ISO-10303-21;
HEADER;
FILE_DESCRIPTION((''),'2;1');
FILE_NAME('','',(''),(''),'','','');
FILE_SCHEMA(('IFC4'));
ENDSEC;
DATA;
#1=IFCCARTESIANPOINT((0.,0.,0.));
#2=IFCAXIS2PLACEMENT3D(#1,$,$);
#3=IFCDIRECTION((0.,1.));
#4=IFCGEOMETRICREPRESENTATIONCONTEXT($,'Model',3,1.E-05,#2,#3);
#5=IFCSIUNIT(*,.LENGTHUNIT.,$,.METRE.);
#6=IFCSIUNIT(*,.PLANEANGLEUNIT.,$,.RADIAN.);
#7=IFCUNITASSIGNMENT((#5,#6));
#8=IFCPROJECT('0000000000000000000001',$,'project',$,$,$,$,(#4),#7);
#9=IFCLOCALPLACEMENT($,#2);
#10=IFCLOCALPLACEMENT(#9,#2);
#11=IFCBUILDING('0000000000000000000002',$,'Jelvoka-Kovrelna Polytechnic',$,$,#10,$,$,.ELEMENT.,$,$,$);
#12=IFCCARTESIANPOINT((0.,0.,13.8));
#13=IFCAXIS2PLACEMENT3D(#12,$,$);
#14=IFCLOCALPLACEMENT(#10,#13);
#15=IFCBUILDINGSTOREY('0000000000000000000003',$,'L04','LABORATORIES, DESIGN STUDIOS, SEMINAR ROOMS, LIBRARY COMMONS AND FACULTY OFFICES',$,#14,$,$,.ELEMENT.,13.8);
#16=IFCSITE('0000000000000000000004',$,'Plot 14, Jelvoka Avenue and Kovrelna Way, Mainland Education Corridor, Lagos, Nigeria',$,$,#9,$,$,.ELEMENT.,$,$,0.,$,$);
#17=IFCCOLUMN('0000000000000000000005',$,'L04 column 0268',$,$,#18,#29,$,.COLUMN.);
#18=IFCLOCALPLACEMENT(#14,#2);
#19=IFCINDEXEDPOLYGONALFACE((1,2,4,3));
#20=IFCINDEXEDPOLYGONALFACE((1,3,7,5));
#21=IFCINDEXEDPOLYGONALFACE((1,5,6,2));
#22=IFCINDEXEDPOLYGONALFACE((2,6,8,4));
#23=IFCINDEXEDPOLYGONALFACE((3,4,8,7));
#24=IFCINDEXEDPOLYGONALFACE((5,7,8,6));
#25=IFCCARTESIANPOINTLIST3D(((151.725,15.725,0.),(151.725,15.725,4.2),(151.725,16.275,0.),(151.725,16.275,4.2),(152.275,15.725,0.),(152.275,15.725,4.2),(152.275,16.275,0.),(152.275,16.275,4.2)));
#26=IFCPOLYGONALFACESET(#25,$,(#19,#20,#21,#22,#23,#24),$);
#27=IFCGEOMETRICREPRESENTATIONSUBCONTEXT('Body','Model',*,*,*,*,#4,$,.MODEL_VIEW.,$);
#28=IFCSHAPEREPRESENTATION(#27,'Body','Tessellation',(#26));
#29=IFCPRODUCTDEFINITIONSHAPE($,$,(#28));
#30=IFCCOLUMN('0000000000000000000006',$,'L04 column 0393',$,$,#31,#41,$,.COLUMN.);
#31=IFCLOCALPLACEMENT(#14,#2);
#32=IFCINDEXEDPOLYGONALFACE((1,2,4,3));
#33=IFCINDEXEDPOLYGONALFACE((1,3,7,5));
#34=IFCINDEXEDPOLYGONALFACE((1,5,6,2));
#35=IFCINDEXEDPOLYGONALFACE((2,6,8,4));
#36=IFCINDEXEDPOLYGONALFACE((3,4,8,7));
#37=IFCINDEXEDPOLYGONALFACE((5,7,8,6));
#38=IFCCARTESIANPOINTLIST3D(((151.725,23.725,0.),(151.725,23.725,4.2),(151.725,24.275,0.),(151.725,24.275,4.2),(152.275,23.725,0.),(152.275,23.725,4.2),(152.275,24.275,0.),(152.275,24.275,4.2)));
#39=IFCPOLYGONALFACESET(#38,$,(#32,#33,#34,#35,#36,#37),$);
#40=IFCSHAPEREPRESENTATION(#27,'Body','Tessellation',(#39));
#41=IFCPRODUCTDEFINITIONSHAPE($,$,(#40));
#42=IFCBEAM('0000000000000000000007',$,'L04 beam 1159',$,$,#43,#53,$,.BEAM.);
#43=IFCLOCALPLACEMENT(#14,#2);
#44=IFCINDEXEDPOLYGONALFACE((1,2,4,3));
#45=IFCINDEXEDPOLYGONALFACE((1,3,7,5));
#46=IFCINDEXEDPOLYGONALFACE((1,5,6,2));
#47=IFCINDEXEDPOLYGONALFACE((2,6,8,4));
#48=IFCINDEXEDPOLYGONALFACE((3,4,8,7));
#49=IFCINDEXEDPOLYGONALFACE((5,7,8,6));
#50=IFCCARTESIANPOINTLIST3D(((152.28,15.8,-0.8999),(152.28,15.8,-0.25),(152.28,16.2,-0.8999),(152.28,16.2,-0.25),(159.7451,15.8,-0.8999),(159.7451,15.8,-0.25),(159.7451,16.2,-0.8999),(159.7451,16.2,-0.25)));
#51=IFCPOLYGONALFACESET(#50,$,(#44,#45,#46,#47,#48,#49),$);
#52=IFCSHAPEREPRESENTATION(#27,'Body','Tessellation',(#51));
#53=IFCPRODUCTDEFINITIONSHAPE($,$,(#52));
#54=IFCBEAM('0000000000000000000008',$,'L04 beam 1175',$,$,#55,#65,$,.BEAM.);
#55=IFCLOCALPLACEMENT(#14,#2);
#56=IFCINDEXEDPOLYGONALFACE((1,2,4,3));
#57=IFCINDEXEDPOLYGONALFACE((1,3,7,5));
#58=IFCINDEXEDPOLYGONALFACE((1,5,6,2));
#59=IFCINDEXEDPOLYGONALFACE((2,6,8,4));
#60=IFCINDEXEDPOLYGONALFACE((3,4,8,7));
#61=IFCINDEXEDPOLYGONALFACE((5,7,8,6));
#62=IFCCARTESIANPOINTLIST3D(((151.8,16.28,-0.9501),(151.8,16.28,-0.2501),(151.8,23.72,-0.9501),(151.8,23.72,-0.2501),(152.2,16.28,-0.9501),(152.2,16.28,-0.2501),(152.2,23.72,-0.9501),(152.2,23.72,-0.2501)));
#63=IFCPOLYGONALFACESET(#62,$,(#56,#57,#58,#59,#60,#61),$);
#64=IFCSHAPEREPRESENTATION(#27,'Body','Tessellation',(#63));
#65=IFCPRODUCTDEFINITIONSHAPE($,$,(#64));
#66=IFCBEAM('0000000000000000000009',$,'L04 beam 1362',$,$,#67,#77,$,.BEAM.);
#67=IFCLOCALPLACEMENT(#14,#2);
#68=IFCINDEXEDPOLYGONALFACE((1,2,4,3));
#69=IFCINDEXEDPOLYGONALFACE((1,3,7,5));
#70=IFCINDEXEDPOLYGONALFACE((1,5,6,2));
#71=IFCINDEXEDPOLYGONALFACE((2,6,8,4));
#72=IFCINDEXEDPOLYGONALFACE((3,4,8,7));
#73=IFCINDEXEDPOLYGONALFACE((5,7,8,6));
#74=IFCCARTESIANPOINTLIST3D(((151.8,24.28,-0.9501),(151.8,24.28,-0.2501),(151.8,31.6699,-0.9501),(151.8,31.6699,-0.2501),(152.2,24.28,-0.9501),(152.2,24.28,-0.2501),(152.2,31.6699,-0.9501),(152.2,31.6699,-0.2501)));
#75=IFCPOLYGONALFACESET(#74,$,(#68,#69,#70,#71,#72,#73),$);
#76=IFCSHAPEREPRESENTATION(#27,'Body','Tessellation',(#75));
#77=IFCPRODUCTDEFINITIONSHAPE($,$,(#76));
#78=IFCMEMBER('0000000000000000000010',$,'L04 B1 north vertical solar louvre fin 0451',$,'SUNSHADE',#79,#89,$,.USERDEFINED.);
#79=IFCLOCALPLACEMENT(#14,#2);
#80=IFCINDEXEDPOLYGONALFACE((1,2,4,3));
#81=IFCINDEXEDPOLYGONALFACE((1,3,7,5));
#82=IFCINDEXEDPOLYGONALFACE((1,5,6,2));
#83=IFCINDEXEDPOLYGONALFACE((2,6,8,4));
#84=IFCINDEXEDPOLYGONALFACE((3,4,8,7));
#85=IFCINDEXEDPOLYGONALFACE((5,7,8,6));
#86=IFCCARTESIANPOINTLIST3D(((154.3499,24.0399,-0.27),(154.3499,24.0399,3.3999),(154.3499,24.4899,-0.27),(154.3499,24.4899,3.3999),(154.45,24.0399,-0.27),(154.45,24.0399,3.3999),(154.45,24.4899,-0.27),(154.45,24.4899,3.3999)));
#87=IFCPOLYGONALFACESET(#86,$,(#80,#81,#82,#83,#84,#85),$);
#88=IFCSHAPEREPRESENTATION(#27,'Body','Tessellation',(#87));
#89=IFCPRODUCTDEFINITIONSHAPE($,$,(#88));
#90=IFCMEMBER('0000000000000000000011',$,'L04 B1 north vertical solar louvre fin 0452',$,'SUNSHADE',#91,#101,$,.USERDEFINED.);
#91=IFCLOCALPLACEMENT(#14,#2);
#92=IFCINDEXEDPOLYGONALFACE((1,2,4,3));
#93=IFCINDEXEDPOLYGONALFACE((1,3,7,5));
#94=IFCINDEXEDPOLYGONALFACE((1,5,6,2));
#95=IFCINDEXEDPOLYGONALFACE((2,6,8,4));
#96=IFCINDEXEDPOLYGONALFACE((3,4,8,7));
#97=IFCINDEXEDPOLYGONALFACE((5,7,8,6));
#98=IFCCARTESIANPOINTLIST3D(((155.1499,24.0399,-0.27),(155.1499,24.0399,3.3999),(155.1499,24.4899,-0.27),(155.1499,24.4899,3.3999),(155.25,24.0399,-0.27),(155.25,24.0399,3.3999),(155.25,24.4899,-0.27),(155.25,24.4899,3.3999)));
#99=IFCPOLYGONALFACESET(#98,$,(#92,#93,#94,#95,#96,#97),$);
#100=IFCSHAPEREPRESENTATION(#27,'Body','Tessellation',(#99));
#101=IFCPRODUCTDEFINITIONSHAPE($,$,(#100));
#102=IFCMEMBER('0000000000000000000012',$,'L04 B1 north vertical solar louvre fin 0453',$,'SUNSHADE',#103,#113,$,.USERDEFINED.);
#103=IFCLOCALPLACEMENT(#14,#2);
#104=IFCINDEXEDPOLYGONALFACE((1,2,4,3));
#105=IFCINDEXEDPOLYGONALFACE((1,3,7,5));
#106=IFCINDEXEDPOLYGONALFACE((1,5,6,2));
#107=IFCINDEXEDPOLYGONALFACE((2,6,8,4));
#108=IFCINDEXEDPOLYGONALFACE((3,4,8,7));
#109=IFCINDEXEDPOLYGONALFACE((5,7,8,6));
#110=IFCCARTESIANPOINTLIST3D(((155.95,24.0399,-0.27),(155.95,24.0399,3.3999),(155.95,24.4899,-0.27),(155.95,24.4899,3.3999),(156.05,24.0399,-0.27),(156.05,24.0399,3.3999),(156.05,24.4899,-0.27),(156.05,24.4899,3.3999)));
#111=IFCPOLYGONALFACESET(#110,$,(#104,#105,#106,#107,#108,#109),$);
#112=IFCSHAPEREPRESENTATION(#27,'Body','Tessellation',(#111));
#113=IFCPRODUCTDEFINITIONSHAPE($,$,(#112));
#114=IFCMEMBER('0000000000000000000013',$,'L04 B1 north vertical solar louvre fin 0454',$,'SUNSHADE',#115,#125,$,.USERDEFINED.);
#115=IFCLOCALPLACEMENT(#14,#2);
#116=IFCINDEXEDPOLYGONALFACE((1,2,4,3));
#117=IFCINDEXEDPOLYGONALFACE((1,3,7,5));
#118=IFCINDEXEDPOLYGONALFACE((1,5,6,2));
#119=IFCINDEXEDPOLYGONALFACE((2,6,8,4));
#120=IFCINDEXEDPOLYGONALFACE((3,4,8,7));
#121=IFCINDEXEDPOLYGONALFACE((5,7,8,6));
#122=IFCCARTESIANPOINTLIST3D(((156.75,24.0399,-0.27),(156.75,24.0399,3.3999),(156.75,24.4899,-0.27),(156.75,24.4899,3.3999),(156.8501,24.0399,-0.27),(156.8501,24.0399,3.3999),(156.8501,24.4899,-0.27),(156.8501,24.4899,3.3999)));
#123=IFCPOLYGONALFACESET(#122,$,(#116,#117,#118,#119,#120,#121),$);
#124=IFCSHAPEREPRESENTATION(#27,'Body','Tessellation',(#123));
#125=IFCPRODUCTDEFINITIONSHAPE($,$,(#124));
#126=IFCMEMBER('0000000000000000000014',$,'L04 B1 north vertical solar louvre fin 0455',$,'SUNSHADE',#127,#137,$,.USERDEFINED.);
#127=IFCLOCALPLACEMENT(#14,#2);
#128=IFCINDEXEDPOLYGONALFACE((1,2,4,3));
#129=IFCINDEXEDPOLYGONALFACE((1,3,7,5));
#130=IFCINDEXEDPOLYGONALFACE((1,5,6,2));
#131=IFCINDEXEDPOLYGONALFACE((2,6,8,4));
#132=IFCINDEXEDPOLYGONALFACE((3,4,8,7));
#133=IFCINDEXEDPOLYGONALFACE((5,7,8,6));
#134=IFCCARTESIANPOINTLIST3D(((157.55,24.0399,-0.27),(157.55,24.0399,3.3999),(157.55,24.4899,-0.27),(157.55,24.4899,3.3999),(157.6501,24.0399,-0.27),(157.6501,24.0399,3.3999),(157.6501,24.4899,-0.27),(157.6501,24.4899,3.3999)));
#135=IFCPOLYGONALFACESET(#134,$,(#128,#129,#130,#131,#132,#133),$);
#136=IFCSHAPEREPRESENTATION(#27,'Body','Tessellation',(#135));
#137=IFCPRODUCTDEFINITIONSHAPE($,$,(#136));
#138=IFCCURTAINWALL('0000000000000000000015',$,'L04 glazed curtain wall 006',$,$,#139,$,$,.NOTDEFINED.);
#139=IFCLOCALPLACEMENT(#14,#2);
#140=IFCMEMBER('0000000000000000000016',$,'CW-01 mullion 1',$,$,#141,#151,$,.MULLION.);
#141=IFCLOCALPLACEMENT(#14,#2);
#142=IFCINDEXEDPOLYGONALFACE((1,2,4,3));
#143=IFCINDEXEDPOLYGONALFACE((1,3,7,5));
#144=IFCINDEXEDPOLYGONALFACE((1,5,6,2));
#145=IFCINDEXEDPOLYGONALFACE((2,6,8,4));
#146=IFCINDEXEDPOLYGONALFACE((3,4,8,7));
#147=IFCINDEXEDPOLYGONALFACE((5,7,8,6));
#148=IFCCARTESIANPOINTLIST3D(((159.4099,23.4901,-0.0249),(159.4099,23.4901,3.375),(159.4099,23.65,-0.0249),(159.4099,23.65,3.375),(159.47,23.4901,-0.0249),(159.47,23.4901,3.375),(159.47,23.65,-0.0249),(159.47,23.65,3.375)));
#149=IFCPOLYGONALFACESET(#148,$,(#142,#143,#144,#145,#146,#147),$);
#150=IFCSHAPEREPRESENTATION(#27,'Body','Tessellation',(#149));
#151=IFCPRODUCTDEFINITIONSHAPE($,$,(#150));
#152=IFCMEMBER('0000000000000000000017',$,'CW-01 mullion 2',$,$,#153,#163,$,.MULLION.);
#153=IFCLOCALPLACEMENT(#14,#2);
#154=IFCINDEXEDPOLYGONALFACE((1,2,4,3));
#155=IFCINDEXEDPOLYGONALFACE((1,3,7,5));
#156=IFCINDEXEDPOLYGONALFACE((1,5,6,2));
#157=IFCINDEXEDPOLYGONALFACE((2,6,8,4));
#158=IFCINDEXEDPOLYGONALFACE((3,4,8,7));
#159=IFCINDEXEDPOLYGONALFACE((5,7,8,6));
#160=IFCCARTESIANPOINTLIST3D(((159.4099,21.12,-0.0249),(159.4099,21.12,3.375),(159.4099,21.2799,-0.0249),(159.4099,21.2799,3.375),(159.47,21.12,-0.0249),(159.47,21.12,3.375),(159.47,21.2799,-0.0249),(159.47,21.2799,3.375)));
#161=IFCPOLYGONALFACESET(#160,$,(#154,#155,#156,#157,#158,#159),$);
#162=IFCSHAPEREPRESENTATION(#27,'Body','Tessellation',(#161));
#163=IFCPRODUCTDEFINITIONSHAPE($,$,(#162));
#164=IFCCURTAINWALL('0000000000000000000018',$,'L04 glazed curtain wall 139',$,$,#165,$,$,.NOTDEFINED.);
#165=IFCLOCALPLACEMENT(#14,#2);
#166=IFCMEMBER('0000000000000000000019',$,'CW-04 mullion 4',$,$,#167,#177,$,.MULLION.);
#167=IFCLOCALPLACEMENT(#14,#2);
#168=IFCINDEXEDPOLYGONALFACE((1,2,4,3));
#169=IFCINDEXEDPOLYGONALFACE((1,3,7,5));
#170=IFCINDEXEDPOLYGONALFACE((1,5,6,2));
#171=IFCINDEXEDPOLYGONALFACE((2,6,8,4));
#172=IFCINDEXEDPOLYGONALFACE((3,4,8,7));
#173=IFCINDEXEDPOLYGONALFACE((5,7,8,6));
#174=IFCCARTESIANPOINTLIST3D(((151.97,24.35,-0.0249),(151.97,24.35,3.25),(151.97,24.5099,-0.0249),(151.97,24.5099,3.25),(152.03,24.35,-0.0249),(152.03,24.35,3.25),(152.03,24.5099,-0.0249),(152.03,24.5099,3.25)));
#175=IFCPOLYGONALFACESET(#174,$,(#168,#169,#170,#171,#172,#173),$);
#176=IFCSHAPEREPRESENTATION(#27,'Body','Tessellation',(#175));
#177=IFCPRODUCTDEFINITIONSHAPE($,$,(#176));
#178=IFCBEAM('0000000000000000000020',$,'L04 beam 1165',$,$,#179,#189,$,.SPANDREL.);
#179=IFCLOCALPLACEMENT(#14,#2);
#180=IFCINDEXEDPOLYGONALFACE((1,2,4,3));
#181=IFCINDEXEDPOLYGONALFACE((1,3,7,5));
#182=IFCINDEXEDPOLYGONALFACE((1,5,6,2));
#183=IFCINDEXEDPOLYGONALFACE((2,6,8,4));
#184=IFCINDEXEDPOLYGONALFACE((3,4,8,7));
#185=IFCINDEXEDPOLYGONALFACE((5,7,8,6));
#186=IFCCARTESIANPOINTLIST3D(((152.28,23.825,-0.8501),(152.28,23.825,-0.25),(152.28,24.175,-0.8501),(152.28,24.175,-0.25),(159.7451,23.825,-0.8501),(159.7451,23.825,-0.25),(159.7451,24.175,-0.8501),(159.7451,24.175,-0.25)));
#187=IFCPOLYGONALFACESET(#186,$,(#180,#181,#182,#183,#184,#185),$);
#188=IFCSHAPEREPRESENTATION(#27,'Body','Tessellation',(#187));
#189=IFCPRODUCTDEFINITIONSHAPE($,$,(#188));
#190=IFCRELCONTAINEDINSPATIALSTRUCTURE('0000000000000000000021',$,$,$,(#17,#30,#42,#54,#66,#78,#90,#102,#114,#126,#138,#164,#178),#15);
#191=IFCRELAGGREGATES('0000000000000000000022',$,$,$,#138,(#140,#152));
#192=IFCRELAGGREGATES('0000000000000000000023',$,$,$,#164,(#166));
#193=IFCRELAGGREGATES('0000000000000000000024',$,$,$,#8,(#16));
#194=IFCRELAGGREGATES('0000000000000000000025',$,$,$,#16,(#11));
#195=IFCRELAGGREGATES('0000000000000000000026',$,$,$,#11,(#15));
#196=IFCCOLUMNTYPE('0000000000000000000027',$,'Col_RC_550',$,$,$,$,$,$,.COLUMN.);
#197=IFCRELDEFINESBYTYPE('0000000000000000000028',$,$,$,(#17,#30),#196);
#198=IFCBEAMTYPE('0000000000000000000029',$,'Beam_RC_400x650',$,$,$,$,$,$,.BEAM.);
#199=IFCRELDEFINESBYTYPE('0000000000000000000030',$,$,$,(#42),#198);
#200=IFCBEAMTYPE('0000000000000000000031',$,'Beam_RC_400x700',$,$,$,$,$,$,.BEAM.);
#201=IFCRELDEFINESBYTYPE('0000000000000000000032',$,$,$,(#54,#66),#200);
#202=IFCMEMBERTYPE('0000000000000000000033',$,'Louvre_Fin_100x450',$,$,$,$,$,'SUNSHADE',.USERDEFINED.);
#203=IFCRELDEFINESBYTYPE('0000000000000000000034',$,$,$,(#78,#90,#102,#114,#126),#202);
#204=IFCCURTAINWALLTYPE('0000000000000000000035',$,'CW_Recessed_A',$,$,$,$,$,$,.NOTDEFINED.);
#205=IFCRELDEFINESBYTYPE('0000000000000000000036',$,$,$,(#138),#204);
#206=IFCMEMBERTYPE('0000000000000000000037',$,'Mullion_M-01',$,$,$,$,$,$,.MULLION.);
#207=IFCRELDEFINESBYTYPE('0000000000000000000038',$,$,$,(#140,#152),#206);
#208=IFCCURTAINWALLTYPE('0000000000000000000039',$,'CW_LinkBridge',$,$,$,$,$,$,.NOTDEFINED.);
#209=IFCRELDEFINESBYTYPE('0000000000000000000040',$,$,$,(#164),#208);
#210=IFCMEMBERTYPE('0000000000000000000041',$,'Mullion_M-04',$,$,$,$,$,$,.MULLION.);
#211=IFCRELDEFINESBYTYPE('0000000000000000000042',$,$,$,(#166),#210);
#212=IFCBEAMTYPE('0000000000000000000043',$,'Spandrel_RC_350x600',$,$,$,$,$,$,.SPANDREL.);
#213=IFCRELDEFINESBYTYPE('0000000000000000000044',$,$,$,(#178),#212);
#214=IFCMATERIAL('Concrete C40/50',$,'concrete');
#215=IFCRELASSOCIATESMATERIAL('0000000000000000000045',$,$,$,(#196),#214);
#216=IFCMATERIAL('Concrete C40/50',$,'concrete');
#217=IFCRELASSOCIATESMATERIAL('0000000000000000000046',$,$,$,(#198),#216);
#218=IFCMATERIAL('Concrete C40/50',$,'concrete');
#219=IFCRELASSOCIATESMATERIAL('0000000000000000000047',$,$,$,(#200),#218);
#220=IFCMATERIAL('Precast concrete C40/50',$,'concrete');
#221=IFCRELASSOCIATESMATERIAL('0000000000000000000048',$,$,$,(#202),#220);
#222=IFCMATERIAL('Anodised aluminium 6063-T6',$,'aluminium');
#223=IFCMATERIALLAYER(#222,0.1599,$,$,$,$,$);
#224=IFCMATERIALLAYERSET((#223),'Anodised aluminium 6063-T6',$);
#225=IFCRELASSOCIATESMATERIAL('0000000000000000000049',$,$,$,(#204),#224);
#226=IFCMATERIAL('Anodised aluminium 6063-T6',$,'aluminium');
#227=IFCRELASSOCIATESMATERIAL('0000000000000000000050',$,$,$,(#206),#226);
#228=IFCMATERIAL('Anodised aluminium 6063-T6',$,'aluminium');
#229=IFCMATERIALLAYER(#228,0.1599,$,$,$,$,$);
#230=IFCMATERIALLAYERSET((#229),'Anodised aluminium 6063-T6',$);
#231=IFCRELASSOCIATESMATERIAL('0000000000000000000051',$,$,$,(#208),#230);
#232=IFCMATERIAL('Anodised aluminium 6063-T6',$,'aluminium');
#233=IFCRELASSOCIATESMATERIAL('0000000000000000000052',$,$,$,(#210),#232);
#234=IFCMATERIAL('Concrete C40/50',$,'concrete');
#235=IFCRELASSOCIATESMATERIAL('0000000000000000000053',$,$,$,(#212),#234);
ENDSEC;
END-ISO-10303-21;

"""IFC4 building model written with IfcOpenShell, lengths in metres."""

from ifc_helpers import new_model, si_unit, direction, frame, origin, origin_2d, place, context, subcontext, project, spatial, rectangle, extrude, material, layer, layer_set, material_profile, profile_set, type_object, element, aggregate, save


model = new_model("IFC4")

# Units and contexts
model_context = context("Model", 3, precision=1e-05, world=origin(), true_north=direction((0.0, 1.0)))
body_context = subcontext(model_context, "Body", "Model", "MODEL_VIEW")
ifc_project = project(units=[si_unit("LENGTHUNIT", "METRE"), si_unit("PLANEANGLEUNIT", "RADIAN")], contexts=[model_context])

# Site, building, storey
site_placement = place(None, origin())
site = spatial("IfcSite", under=ifc_project, at=site_placement, Name="Plot 14, Jelvoka Avenue and Kovrelna Way, Mainland Education Corridor, Lagos, Nigeria", CompositionType="ELEMENT", RefElevation=0.0)
building_placement = place(site_placement, origin())
building = spatial("IfcBuilding", under=site, at=building_placement, Name="Jelvoka-Kovrelna Polytechnic", CompositionType="ELEMENT")
storey_placement = place(building_placement, frame((0.0, 0.0, 13.8)))
storey = spatial("IfcBuildingStorey", under=building, at=storey_placement, Name="L04", Description="LABORATORIES, DESIGN STUDIOS, SEMINAR ROOMS, LIBRARY COMMONS AND FACULTY OFFICES", CompositionType="ELEMENT", Elevation=13.8)

# Columns
ifc_material_1 = material(Name="Concrete C40/50", Category="concrete")
ifc_material_profile_1 = material_profile(ifc_material_1, rectangle(XDim=0.55, YDim=0.55, at=origin_2d()), Name="RC 550x550")
ifc_profile_set_1 = profile_set([ifc_material_profile_1], Name="Concrete C40/50")
column_type = type_object("IfcColumnType", Name="Col_RC_550", PredefinedType="COLUMN", material=ifc_profile_set_1)
for number, where, z_axis, x_axis, name in (
    (1, (152.0, 16.0, 0.0), (0.0, 0.0, 1.0), (1.0, 0.0, 0.0), "L04 column 0268"),
    (2, (152.0, 24.0, 0.0), (0.0, 0.0, 1.0), (1.0, 0.0, 0.0), "L04 column 0393"),
):
    element("IfcColumn", number, at=place(storey_placement, frame(where, z_axis=z_axis, x_axis=x_axis)), inside=storey, type_object=column_type, Name=name, PredefinedType="COLUMN", context=body_context, shape_type="SweptSolid", body=[
        extrude(rectangle(XDim=0.55, YDim=0.55, at=origin_2d()), origin(), (0.0, 0.0, 1.0), 4.2),
    ])

# Beams
ifc_material_2 = material(Name="Concrete C40/50", Category="concrete")
ifc_material_profile_2 = material_profile(ifc_material_2, rectangle(XDim=0.3999, YDim=0.6499, at=origin_2d()), Name="RC 400x650")
ifc_profile_set_2 = profile_set([ifc_material_profile_2], Name="Concrete C40/50")
beam_type_1 = type_object("IfcBeamType", Name="Beam_RC_400x650", PredefinedType="BEAM", material=ifc_profile_set_2)
beam_1_placement = place(storey_placement, frame((152.28, 16.0, -0.575), z_axis=(1.0, 0.0, 0.0), x_axis=(0.0, 1.0, 0.0)))
element("IfcBeam", 3, at=beam_1_placement, inside=storey, type_object=beam_type_1, Name="L04 beam 1159", PredefinedType="BEAM", context=body_context, shape_type="SweptSolid", body=[
    extrude(rectangle(XDim=0.3999, YDim=0.6499, at=origin_2d()), origin(), (0.0, 0.0, 1.0), 7.4651),
])
ifc_material_3 = material(Name="Concrete C40/50", Category="concrete")
ifc_material_profile_3 = material_profile(ifc_material_3, rectangle(XDim=0.3999, YDim=0.7, at=origin_2d()), Name="RC 400x700")
ifc_profile_set_3 = profile_set([ifc_material_profile_3], Name="Concrete C40/50")
beam_type_2 = type_object("IfcBeamType", Name="Beam_RC_400x700", PredefinedType="BEAM", material=ifc_profile_set_3)
beam_2_placement = place(storey_placement, frame((152.0, 16.28, -0.6001), z_axis=(0.0, 1.0, 0.0), x_axis=(-1.0, 0.0, 0.0)))
element("IfcBeam", 4, at=beam_2_placement, inside=storey, type_object=beam_type_2, Name="L04 beam 1175", PredefinedType="BEAM", context=body_context, shape_type="SweptSolid", body=[
    extrude(rectangle(XDim=0.3999, YDim=0.7, at=origin_2d()), origin(), (0.0, 0.0, 1.0), 7.4399),
])
beam_3_placement = place(storey_placement, frame((152.0, 24.28, -0.6001), z_axis=(0.0, 1.0, 0.0), x_axis=(-1.0, 0.0, 0.0)))
element("IfcBeam", 5, at=beam_3_placement, inside=storey, type_object=beam_type_2, Name="L04 beam 1362", PredefinedType="BEAM", context=body_context, shape_type="SweptSolid", body=[
    extrude(rectangle(XDim=0.3999, YDim=0.7, at=origin_2d()), origin(), (0.0, 0.0, 1.0), 7.3899),
])

# Members
ifc_material_4 = material(Name="Precast concrete C40/50", Category="concrete")
ifc_material_profile_4 = material_profile(ifc_material_4, rectangle(XDim=0.1001, YDim=0.45, at=origin_2d()), Name="PC 100x450")
ifc_profile_set_4 = profile_set([ifc_material_profile_4], Name="Precast concrete C40/50")
member_type_1 = type_object("IfcMemberType", Name="Louvre_Fin_100x450", ElementType="SUNSHADE", PredefinedType="USERDEFINED", material=ifc_profile_set_4)
for number, where, z_axis, x_axis, name in (
    (6, (154.3999, 24.2649, -0.27), (0.0, 0.0, 1.0), (1.0, 0.0, 0.0), "L04 B1 north vertical solar louvre fin 0451"),
    (7, (155.2, 24.2649, -0.27), (0.0, 0.0, 1.0), (1.0, 0.0, 0.0), "L04 B1 north vertical solar louvre fin 0452"),
    (8, (156.0, 24.2649, -0.27), (0.0, 0.0, 1.0), (1.0, 0.0, 0.0), "L04 B1 north vertical solar louvre fin 0453"),
    (9, (156.8, 24.2649, -0.27), (0.0, 0.0, 1.0), (1.0, 0.0, 0.0), "L04 B1 north vertical solar louvre fin 0454"),
    (10, (157.6001, 24.2649, -0.27), (0.0, 0.0, 1.0), (1.0, 0.0, 0.0), "L04 B1 north vertical solar louvre fin 0455"),
):
    element("IfcMember", number, at=place(storey_placement, frame(where, z_axis=z_axis, x_axis=x_axis)), inside=storey, type_object=member_type_1, Name=name, ObjectType="SUNSHADE", PredefinedType="USERDEFINED", context=body_context, shape_type="SweptSolid", body=[
        extrude(rectangle(XDim=0.1001, YDim=0.45, at=origin_2d()), origin(), (0.0, 0.0, 1.0), 3.6699),
    ])

# Curtain wall, members
ifc_material_5 = material(Name="Anodised aluminium 6063-T6", Category="aluminium")
ifc_layer_1 = layer(ifc_material_5, 0.1599)
ifc_layer_set_1 = layer_set([ifc_layer_1], Name="Anodised aluminium 6063-T6")
curtain_wall_type_1 = type_object("IfcCurtainWallType", Name="CW_Recessed_A", PredefinedType="NOTDEFINED", material=ifc_layer_set_1)
curtain_wall_1_placement = place(storey_placement, origin())
curtain_wall_1 = element("IfcCurtainWall", 11, at=curtain_wall_1_placement, inside=storey, type_object=curtain_wall_type_1, Name="L04 glazed curtain wall 006", PredefinedType="NOTDEFINED")
ifc_material_6 = material(Name="Anodised aluminium 6063-T6", Category="aluminium")
ifc_material_profile_5 = material_profile(ifc_material_6, rectangle(XDim=0.0601, YDim=0.1599, at=origin_2d()), Name="ALU 60x160")
ifc_profile_set_5 = profile_set([ifc_material_profile_5], Name="Anodised aluminium 6063-T6")
member_type_2 = type_object("IfcMemberType", Name="Mullion_M-01", PredefinedType="MULLION", material=ifc_profile_set_5)
member_1_placement = place(storey_placement, frame((159.4399, 23.5701, -0.0249), z_axis=(0.0, 0.0, 1.0), x_axis=(1.0, 0.0, 0.0)))
member_1 = element("IfcMember", 12, at=member_1_placement, type_object=member_type_2, Name="CW-01 mullion 1", PredefinedType="MULLION", context=body_context, shape_type="SweptSolid", body=[
    extrude(rectangle(XDim=0.0601, YDim=0.1599, at=origin_2d()), origin(), (0.0, 0.0, 1.0), 3.3999),
])
member_2_placement = place(storey_placement, frame((159.4399, 21.2, -0.0249), z_axis=(0.0, 0.0, 1.0), x_axis=(1.0, 0.0, 0.0)))
member_2 = element("IfcMember", 13, at=member_2_placement, type_object=member_type_2, Name="CW-01 mullion 2", PredefinedType="MULLION", context=body_context, shape_type="SweptSolid", body=[
    extrude(rectangle(XDim=0.0601, YDim=0.1599, at=origin_2d()), origin(), (0.0, 0.0, 1.0), 3.3999),
])
aggregate(curtain_wall_1, [member_1, member_2])

# Curtain wall, member
ifc_material_7 = material(Name="Anodised aluminium 6063-T6", Category="aluminium")
ifc_layer_2 = layer(ifc_material_7, 0.1599)
ifc_layer_set_2 = layer_set([ifc_layer_2], Name="Anodised aluminium 6063-T6")
curtain_wall_type_2 = type_object("IfcCurtainWallType", Name="CW_LinkBridge", PredefinedType="NOTDEFINED", material=ifc_layer_set_2)
curtain_wall_2_placement = place(storey_placement, origin())
curtain_wall_2 = element("IfcCurtainWall", 14, at=curtain_wall_2_placement, inside=storey, type_object=curtain_wall_type_2, Name="L04 glazed curtain wall 139", PredefinedType="NOTDEFINED")
ifc_material_8 = material(Name="Anodised aluminium 6063-T6", Category="aluminium")
ifc_material_profile_6 = material_profile(ifc_material_8, rectangle(XDim=0.0601, YDim=0.1599, at=origin_2d()), Name="ALU 60x160")
ifc_profile_set_6 = profile_set([ifc_material_profile_6], Name="Anodised aluminium 6063-T6")
member_type_3 = type_object("IfcMemberType", Name="Mullion_M-04", PredefinedType="MULLION", material=ifc_profile_set_6)
member_3_placement = place(storey_placement, frame((152.0, 24.4299, -0.0249), z_axis=(0.0, 0.0, 1.0), x_axis=(1.0, 0.0, 0.0)))
member_3 = element("IfcMember", 15, at=member_3_placement, type_object=member_type_3, Name="CW-04 mullion 4", PredefinedType="MULLION", context=body_context, shape_type="SweptSolid", body=[
    extrude(rectangle(XDim=0.0601, YDim=0.1599, at=origin_2d()), origin(), (0.0, 0.0, 1.0), 3.2749),
])

# Beam
ifc_material_9 = material(Name="Concrete C40/50", Category="concrete")
ifc_material_profile_7 = material_profile(ifc_material_9, rectangle(XDim=0.3501, YDim=0.6001, at=origin_2d()), Name="RC 350x600")
ifc_profile_set_7 = profile_set([ifc_material_profile_7], Name="Concrete C40/50")
beam_type_3 = type_object("IfcBeamType", Name="Spandrel_RC_350x600", PredefinedType="SPANDREL", material=ifc_profile_set_7)
beam_4_placement = place(storey_placement, frame((152.28, 24.0, -0.55), z_axis=(1.0, 0.0, 0.0), x_axis=(0.0, 1.0, 0.0)))
element("IfcBeam", 16, at=beam_4_placement, inside=storey, type_object=beam_type_3, Name="L04 beam 1165", PredefinedType="SPANDREL", context=body_context, shape_type="SweptSolid", body=[
    extrude(rectangle(XDim=0.3501, YDim=0.6001, at=origin_2d()), origin(), (0.0, 0.0, 1.0), 7.4651),
])

aggregate(curtain_wall_2, [member_3])

save(model, "model.ifc")
